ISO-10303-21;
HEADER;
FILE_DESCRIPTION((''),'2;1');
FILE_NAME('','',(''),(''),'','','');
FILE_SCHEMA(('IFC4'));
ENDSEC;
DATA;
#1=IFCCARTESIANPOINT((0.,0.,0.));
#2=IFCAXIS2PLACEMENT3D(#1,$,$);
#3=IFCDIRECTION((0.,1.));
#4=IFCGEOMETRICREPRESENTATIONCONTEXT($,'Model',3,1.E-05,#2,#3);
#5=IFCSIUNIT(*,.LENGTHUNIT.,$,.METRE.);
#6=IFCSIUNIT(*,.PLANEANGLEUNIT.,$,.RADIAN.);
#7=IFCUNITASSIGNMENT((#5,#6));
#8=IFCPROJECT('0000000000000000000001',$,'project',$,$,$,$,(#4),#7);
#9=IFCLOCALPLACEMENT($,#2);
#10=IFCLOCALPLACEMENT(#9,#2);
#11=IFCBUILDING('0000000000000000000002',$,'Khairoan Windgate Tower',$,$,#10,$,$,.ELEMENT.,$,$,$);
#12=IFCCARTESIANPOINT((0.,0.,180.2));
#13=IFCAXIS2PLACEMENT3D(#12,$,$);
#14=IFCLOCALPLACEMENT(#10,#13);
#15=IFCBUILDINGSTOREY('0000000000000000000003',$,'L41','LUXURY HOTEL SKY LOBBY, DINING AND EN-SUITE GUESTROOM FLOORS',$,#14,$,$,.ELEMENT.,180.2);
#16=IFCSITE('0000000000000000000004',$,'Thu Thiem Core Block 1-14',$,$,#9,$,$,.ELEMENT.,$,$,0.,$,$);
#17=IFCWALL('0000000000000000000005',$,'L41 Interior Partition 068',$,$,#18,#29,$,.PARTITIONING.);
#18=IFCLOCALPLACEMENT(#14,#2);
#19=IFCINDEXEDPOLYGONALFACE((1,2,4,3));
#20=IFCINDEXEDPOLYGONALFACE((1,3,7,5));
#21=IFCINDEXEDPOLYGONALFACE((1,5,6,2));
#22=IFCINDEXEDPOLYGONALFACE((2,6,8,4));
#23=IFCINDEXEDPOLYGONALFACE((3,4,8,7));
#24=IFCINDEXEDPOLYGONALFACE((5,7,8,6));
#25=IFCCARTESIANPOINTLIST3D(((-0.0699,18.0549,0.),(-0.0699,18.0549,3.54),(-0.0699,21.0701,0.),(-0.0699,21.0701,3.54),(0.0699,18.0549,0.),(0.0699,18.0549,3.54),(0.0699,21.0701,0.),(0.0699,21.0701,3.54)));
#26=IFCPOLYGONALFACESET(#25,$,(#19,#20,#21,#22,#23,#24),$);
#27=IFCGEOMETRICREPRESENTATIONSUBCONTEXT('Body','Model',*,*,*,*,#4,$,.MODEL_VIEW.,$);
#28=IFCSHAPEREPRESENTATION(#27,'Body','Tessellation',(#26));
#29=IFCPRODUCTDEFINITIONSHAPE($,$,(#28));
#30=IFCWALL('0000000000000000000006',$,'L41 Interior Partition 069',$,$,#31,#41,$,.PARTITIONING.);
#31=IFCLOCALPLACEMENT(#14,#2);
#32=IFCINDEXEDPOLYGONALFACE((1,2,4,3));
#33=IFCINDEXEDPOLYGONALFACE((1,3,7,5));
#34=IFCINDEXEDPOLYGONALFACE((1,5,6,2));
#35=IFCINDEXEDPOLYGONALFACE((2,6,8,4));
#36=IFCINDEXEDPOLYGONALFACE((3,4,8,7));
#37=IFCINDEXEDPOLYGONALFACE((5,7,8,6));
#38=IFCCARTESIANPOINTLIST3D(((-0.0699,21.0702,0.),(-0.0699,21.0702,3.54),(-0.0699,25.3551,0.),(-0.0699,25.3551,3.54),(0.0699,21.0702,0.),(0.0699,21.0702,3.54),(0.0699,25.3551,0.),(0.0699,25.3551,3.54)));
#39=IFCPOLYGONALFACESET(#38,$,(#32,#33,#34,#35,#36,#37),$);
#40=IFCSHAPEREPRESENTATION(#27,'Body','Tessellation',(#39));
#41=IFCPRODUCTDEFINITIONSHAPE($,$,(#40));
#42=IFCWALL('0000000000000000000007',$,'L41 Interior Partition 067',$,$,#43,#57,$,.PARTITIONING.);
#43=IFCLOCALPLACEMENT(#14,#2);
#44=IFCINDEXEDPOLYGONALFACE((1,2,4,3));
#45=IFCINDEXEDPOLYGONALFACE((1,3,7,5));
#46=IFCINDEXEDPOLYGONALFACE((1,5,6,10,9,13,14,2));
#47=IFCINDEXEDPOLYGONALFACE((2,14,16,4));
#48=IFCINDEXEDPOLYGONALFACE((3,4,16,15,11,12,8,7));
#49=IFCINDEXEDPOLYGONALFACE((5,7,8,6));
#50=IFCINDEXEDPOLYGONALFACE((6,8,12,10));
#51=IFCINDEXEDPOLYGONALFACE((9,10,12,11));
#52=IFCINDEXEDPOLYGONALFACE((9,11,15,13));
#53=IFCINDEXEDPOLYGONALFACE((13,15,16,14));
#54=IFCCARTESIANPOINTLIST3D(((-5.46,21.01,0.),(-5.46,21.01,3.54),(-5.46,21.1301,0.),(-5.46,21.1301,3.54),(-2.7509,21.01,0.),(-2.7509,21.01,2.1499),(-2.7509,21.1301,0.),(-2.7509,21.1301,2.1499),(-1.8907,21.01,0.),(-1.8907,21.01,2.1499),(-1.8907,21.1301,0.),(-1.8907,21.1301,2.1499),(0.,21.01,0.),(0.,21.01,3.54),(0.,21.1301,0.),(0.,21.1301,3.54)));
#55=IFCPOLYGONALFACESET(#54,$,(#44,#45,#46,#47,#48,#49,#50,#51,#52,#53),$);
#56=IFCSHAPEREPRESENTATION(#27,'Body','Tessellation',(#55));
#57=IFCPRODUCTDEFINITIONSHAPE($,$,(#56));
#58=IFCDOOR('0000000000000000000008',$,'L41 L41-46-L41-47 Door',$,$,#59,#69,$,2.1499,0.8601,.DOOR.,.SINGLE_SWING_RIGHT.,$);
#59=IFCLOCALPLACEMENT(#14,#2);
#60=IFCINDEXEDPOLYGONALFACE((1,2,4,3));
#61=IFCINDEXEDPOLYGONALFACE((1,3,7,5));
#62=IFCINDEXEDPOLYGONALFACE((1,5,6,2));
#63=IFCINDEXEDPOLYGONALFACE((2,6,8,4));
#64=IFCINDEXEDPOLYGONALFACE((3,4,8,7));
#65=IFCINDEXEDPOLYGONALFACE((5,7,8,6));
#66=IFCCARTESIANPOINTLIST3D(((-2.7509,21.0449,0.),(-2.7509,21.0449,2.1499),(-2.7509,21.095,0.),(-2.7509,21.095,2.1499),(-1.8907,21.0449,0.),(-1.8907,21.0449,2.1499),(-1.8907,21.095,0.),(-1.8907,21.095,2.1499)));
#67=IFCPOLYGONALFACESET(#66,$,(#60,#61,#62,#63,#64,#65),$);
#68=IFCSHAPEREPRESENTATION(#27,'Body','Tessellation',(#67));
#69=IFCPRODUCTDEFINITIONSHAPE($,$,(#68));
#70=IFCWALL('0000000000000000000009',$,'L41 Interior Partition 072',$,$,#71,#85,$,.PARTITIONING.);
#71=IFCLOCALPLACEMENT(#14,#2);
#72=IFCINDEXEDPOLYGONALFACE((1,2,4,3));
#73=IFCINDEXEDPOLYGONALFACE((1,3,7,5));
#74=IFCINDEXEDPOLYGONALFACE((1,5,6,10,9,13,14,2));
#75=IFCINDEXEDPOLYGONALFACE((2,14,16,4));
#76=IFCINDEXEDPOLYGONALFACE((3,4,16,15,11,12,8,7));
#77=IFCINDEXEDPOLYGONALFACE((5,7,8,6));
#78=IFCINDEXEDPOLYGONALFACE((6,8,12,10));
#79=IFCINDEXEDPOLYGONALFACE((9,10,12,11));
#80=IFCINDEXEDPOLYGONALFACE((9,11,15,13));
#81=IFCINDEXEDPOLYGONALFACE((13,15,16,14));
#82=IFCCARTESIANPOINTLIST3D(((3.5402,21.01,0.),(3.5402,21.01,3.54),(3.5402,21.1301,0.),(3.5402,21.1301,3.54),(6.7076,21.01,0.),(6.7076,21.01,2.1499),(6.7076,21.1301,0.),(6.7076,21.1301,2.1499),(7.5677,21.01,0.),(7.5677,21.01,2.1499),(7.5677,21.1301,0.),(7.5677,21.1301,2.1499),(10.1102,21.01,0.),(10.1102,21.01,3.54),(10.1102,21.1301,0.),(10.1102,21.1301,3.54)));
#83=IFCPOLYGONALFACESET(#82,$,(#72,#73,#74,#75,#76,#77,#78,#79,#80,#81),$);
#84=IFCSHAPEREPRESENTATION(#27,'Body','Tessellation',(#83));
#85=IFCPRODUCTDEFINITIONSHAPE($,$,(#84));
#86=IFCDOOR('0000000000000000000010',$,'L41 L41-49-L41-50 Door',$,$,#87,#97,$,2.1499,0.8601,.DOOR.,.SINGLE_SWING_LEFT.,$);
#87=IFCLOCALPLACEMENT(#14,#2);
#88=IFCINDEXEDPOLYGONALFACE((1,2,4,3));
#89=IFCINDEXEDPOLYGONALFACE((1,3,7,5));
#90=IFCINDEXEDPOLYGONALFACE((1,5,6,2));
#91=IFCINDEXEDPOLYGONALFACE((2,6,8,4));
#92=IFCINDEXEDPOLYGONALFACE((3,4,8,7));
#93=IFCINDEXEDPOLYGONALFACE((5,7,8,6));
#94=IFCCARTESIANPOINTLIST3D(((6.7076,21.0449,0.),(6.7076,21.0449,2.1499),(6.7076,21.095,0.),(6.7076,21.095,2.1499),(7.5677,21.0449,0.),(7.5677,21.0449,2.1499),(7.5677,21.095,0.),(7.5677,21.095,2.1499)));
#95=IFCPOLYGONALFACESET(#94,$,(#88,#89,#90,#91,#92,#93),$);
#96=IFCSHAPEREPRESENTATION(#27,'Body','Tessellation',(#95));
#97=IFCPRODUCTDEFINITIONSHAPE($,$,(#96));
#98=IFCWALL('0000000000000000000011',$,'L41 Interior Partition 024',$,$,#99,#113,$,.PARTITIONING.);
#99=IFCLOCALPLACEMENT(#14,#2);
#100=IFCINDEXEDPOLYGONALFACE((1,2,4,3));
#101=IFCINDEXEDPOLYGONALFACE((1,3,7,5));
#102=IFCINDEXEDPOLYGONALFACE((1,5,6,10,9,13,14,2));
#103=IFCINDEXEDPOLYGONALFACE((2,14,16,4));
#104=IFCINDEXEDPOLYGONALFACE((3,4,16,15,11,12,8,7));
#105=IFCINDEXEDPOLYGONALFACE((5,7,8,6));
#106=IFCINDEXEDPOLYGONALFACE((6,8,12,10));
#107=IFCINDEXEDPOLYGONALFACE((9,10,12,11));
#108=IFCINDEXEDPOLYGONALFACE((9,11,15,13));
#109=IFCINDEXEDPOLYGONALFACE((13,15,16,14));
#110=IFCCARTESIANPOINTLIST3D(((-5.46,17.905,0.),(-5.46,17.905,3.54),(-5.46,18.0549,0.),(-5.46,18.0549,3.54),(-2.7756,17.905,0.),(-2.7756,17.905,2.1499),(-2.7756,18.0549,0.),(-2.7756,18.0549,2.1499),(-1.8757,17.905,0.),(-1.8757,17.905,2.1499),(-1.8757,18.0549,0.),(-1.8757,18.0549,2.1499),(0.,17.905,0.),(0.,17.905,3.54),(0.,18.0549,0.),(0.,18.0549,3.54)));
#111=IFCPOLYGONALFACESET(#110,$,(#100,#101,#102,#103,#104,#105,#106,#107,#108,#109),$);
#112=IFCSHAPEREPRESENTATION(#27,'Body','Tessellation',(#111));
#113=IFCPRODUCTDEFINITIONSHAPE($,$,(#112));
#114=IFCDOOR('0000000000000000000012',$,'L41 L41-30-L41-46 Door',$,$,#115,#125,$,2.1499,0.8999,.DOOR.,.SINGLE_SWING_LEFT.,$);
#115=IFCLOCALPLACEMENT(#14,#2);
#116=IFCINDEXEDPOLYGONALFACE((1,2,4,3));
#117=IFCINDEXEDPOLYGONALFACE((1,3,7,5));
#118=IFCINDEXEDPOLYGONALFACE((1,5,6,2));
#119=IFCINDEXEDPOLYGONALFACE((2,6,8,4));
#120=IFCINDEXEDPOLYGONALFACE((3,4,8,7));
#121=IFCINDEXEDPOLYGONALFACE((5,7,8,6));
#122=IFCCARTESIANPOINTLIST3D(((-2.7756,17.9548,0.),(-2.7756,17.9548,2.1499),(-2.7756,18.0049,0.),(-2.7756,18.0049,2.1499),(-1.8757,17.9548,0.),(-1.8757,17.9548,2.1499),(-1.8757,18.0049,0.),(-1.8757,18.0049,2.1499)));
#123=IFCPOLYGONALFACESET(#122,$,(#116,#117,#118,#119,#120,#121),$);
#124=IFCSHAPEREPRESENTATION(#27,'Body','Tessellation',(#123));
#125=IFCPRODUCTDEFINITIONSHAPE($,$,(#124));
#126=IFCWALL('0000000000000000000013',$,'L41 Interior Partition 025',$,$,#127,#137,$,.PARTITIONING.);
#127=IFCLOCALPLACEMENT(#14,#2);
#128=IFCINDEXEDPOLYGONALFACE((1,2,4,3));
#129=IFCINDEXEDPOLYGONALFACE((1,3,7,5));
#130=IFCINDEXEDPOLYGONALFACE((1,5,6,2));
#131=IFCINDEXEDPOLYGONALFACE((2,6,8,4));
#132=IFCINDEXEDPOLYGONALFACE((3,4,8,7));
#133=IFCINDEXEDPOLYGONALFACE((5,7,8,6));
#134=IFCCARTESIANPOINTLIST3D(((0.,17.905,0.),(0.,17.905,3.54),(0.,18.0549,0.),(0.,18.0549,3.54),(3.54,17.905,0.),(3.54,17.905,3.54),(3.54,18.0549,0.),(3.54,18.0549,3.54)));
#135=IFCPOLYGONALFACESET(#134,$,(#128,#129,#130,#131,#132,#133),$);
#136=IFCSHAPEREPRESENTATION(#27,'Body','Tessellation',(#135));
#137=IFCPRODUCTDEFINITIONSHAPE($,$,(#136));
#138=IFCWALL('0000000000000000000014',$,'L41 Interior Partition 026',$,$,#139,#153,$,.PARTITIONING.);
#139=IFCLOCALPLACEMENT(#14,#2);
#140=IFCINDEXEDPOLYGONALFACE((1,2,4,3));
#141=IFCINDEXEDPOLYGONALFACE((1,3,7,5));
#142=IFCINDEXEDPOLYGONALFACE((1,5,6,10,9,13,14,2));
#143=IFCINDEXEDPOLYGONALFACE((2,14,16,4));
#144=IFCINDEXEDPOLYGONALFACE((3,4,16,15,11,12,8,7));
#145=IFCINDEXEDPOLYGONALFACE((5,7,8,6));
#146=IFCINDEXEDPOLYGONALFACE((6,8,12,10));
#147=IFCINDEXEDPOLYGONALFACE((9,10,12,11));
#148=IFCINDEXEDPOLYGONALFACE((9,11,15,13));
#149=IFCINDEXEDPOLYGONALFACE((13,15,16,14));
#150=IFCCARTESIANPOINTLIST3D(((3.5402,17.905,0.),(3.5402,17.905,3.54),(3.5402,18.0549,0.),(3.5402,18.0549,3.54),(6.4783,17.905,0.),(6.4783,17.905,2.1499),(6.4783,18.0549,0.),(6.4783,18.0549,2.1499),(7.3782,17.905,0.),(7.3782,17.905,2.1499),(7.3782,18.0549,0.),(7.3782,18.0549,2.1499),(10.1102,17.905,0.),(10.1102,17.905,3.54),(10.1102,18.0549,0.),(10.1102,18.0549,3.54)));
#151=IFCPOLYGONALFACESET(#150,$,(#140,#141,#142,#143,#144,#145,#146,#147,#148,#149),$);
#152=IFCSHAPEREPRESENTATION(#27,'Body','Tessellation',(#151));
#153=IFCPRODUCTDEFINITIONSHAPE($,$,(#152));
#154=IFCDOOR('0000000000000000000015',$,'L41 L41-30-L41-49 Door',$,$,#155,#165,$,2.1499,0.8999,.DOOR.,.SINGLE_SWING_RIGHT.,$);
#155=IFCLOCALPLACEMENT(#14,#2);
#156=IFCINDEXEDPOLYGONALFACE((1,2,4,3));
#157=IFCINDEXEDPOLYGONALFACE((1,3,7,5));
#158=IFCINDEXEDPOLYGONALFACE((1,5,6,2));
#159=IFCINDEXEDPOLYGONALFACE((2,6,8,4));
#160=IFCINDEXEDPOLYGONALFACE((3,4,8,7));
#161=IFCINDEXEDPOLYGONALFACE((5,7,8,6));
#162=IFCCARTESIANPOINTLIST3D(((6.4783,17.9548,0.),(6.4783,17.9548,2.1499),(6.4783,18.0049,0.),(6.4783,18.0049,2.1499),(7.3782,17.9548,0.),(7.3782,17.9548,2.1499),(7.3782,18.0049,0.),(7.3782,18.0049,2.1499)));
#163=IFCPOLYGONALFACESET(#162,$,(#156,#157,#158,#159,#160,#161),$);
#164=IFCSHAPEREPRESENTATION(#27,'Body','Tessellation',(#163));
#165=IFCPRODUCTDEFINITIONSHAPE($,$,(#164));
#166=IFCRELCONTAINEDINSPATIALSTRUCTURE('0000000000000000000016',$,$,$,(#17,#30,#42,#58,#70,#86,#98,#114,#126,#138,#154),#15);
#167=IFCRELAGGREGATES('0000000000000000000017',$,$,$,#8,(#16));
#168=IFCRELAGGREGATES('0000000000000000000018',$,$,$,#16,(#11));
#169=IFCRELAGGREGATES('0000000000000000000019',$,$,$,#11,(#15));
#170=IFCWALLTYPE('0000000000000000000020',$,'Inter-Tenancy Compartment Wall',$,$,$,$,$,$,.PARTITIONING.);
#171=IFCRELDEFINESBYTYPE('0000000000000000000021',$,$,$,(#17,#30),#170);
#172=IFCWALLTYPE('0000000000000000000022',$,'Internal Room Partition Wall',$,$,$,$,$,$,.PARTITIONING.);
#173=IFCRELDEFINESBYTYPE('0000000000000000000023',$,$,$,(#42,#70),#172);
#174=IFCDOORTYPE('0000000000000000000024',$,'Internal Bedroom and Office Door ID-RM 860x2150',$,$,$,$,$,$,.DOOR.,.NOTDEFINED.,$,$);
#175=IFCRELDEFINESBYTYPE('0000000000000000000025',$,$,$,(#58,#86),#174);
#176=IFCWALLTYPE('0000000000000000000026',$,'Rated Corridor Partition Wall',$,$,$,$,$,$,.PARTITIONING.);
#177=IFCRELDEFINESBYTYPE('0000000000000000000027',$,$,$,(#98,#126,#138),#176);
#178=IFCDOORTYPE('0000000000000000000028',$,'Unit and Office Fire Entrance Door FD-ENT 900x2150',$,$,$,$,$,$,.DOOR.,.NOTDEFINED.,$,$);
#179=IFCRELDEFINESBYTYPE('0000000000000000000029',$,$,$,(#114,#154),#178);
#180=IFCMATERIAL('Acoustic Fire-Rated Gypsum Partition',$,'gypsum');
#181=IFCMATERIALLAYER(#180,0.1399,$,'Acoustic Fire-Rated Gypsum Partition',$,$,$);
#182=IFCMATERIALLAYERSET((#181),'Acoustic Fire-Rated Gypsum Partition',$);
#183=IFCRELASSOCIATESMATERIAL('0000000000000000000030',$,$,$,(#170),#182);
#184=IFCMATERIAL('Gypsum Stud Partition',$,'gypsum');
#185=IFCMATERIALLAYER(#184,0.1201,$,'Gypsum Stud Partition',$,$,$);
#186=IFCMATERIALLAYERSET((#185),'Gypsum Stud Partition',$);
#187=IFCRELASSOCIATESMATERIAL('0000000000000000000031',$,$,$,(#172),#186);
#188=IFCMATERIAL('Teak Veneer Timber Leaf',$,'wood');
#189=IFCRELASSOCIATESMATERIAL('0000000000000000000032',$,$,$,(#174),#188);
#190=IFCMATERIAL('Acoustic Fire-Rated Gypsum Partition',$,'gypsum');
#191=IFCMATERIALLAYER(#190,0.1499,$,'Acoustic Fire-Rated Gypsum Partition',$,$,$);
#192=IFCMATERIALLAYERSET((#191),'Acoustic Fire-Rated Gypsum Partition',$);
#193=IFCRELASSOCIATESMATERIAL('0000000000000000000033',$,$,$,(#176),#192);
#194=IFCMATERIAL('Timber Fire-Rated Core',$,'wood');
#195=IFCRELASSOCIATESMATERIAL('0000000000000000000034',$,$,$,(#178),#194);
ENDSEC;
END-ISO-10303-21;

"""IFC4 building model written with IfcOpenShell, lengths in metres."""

from ifc_helpers import new_model, si_unit, direction, frame, frame_2d, origin, place, context, subcontext, project, spatial, rectangle, extrude, material, layer, layer_set, type_object, element, fill, save


model = new_model("IFC4")

# Units and contexts
model_context = context("Model", 3, precision=1e-05, world=origin(), true_north=direction((0.0, 1.0)))
body_context = subcontext(model_context, "Body", "Model", "MODEL_VIEW")
ifc_project = project(units=[si_unit("LENGTHUNIT", "METRE"), si_unit("PLANEANGLEUNIT", "RADIAN")], contexts=[model_context])

# Site, building, storey
site_placement = place(None, origin())
site = spatial("IfcSite", under=ifc_project, at=site_placement, Name="Thu Thiem Core Block 1-14", CompositionType="ELEMENT", RefElevation=0.0)
building_placement = place(site_placement, origin())
building = spatial("IfcBuilding", under=site, at=building_placement, Name="Khairoan Windgate Tower", CompositionType="ELEMENT")
storey_placement = place(building_placement, frame((0.0, 0.0, 180.2)))
storey = spatial("IfcBuildingStorey", under=building, at=storey_placement, Name="L41", Description="LUXURY HOTEL SKY LOBBY, DINING AND EN-SUITE GUESTROOM FLOORS", CompositionType="ELEMENT", Elevation=180.2)

# Walls
ifc_material_1 = material(Name="Acoustic Fire-Rated Gypsum Partition", Category="gypsum")
ifc_layer_1 = layer(ifc_material_1, 0.1399, Name="Acoustic Fire-Rated Gypsum Partition")
ifc_layer_set_1 = layer_set([ifc_layer_1], Name="Acoustic Fire-Rated Gypsum Partition")
wall_type_1 = type_object("IfcWallType", Name="Inter-Tenancy Compartment Wall", PredefinedType="PARTITIONING", material=ifc_layer_set_1)
wall_1_placement = place(storey_placement, frame((0.0, 18.0549, 0.0), z_axis=(0.0, 0.0, 1.0), x_axis=(0.0, 1.0, 0.0)))
element("IfcWall", 1, at=wall_1_placement, inside=storey, type_object=wall_type_1, Name="L41 Interior Partition 068", PredefinedType="PARTITIONING", context=body_context, shape_type="SweptSolid", body=[
    extrude(rectangle(XDim=3.0151, YDim=0.1399, at=frame_2d((1.5076, 0.0))), origin(), (0.0, 0.0, 1.0), 3.54),
])
wall_2_placement = place(storey_placement, frame((0.0, 21.0701, 0.0), z_axis=(0.0, 0.0, 1.0), x_axis=(0.0, 1.0, 0.0)))
element("IfcWall", 2, at=wall_2_placement, inside=storey, type_object=wall_type_1, Name="L41 Interior Partition 069", PredefinedType="PARTITIONING", context=body_context, shape_type="SweptSolid", body=[
    extrude(rectangle(XDim=4.2849, YDim=0.1399, at=frame_2d((2.1426, 0.0))), origin(), (0.0, 0.0, 1.0), 3.54),
])

# Walls, openings, doors
ifc_material_2 = material(Name="Gypsum Stud Partition", Category="gypsum")
ifc_layer_2 = layer(ifc_material_2, 0.1201, Name="Gypsum Stud Partition")
ifc_layer_set_2 = layer_set([ifc_layer_2], Name="Gypsum Stud Partition")
wall_type_2 = type_object("IfcWallType", Name="Internal Room Partition Wall", PredefinedType="PARTITIONING", material=ifc_layer_set_2)
wall_3_placement = place(storey_placement, frame((-5.46, 21.0701, 0.0), z_axis=(0.0, 0.0, 1.0), x_axis=(1.0, 0.0, 0.0)))
wall_3 = element("IfcWall", 3, at=wall_3_placement, inside=storey, type_object=wall_type_2, Name="L41 Interior Partition 067", PredefinedType="PARTITIONING", context=body_context, shape_type="SweptSolid", body=[
    extrude(rectangle(XDim=5.46, YDim=0.1201, at=frame_2d((2.73, 0.0))), origin(), (0.0, 0.0, 1.0), 3.54),
])
opening_1_placement = place(wall_3_placement, frame((2.709, 0.0, 0.0)))
opening_1 = element("IfcOpeningElement", 4, at=opening_1_placement, cuts=wall_3, PredefinedType="OPENING", context=body_context, shape_type="SweptSolid", body=[
    extrude(rectangle(XDim=0.8601, YDim=2.1499, at=frame_2d((0.4302, 1.075))), frame((0.0, 0.0701, 0.0), z_axis=(0.0, -1.0, 0.0), x_axis=(1.0, 0.0, 0.0)), (0.0, 0.0, 1.0), 0.1401),
])
ifc_material_3 = material(Name="Teak Veneer Timber Leaf", Category="wood")
door_type_1 = type_object("IfcDoorType", Name="Internal Bedroom and Office Door ID-RM 860x2150", OperationType="NOTDEFINED", PredefinedType="DOOR", material=ifc_material_3)
door_1_placement = place(opening_1_placement, origin())
door_1 = element("IfcDoor", 5, at=door_1_placement, inside=storey, type_object=door_type_1, Name="L41 L41-46-L41-47 Door", OperationType="SINGLE_SWING_RIGHT", OverallHeight=2.1499, OverallWidth=0.8601, PredefinedType="DOOR", context=body_context, shape_type="SweptSolid", body=[
    extrude(rectangle(XDim=0.8601, YDim=2.1499, at=frame_2d((0.4302, 1.075))), frame((0.0, 0.0249, 0.0), z_axis=(0.0, -1.0, 0.0), x_axis=(1.0, 0.0, 0.0)), (0.0, 0.0, 1.0), 0.05),
])
fill(opening_1, door_1)
wall_4_placement = place(storey_placement, frame((3.54, 21.0701, 0.0), z_axis=(0.0, 0.0, 1.0), x_axis=(1.0, 0.0, 0.0)))
wall_4 = element("IfcWall", 6, at=wall_4_placement, inside=storey, type_object=wall_type_2, Name="L41 Interior Partition 072", PredefinedType="PARTITIONING", context=body_context, shape_type="SweptSolid", body=[
    extrude(rectangle(XDim=6.5701, YDim=0.1201, at=frame_2d((3.2852, 0.0))), origin(), (0.0, 0.0, 1.0), 3.54),
])
opening_2_placement = place(wall_4_placement, frame((3.1675, 0.0, 0.0)))
opening_2 = element("IfcOpeningElement", 7, at=opening_2_placement, cuts=wall_4, PredefinedType="OPENING", context=body_context, shape_type="SweptSolid", body=[
    extrude(rectangle(XDim=0.8601, YDim=2.1499, at=frame_2d((0.4302, 1.075))), frame((0.0, 0.0701, 0.0), z_axis=(0.0, -1.0, 0.0), x_axis=(1.0, 0.0, 0.0)), (0.0, 0.0, 1.0), 0.1401),
])
door_2_placement = place(opening_2_placement, origin())
door_2 = element("IfcDoor", 8, at=door_2_placement, inside=storey, type_object=door_type_1, Name="L41 L41-49-L41-50 Door", OperationType="SINGLE_SWING_LEFT", OverallHeight=2.1499, OverallWidth=0.8601, PredefinedType="DOOR", context=body_context, shape_type="SweptSolid", body=[
    extrude(rectangle(XDim=0.8601, YDim=2.1499, at=frame_2d((0.4302, 1.075))), frame((0.0, 0.0249, 0.0), z_axis=(0.0, -1.0, 0.0), x_axis=(1.0, 0.0, 0.0)), (0.0, 0.0, 1.0), 0.05),
])
fill(opening_2, door_2)
ifc_material_4 = material(Name="Acoustic Fire-Rated Gypsum Partition", Category="gypsum")
ifc_layer_3 = layer(ifc_material_4, 0.1499, Name="Acoustic Fire-Rated Gypsum Partition")
ifc_layer_set_3 = layer_set([ifc_layer_3], Name="Acoustic Fire-Rated Gypsum Partition")
wall_type_3 = type_object("IfcWallType", Name="Rated Corridor Partition Wall", PredefinedType="PARTITIONING", material=ifc_layer_set_3)
wall_5_placement = place(storey_placement, frame((-5.46, 17.98, 0.0), z_axis=(0.0, 0.0, 1.0), x_axis=(1.0, 0.0, 0.0)))
wall_5 = element("IfcWall", 9, at=wall_5_placement, inside=storey, type_object=wall_type_3, Name="L41 Interior Partition 024", PredefinedType="PARTITIONING", context=body_context, shape_type="SweptSolid", body=[
    extrude(rectangle(XDim=5.46, YDim=0.1499, at=frame_2d((2.73, 0.0))), origin(), (0.0, 0.0, 1.0), 3.54),
])
opening_3_placement = place(wall_5_placement, frame((2.6843, 0.0, 0.0)))
opening_3 = element("IfcOpeningElement", 10, at=opening_3_placement, cuts=wall_5, PredefinedType="OPENING", context=body_context, shape_type="SweptSolid", body=[
    extrude(rectangle(XDim=0.8999, YDim=2.1499, at=frame_2d((0.45, 1.075))), frame((0.0, 0.085, 0.0), z_axis=(0.0, -1.0, 0.0), x_axis=(1.0, 0.0, 0.0)), (0.0, 0.0, 1.0), 0.1699),
])
ifc_material_5 = material(Name="Timber Fire-Rated Core", Category="wood")
door_type_2 = type_object("IfcDoorType", Name="Unit and Office Fire Entrance Door FD-ENT 900x2150", OperationType="NOTDEFINED", PredefinedType="DOOR", material=ifc_material_5)
door_3_placement = place(opening_3_placement, origin())
door_3 = element("IfcDoor", 11, at=door_3_placement, inside=storey, type_object=door_type_2, Name="L41 L41-30-L41-46 Door", OperationType="SINGLE_SWING_LEFT", OverallHeight=2.1499, OverallWidth=0.8999, PredefinedType="DOOR", context=body_context, shape_type="SweptSolid", body=[
    extrude(rectangle(XDim=0.8999, YDim=2.1499, at=frame_2d((0.45, 1.075))), frame((0.0, 0.0249, 0.0), z_axis=(0.0, -1.0, 0.0), x_axis=(1.0, 0.0, 0.0)), (0.0, 0.0, 1.0), 0.05),
])
fill(opening_3, door_3)

# Wall
wall_6_placement = place(storey_placement, frame((0.0, 17.98, 0.0), z_axis=(0.0, 0.0, 1.0), x_axis=(1.0, 0.0, 0.0)))
element("IfcWall", 12, at=wall_6_placement, inside=storey, type_object=wall_type_3, Name="L41 Interior Partition 025", PredefinedType="PARTITIONING", context=body_context, shape_type="SweptSolid", body=[
    extrude(rectangle(XDim=3.54, YDim=0.1499, at=frame_2d((1.77, 0.0))), origin(), (0.0, 0.0, 1.0), 3.54),
])

# Wall, opening, door
wall_7_placement = place(storey_placement, frame((3.54, 17.98, 0.0), z_axis=(0.0, 0.0, 1.0), x_axis=(1.0, 0.0, 0.0)))
wall_7 = element("IfcWall", 13, at=wall_7_placement, inside=storey, type_object=wall_type_3, Name="L41 Interior Partition 026", PredefinedType="PARTITIONING", context=body_context, shape_type="SweptSolid", body=[
    extrude(rectangle(XDim=6.5701, YDim=0.1499, at=frame_2d((3.2852, 0.0))), origin(), (0.0, 0.0, 1.0), 3.54),
])
opening_4_placement = place(wall_7_placement, frame((2.9382, 0.0, 0.0)))
opening_4 = element("IfcOpeningElement", 14, at=opening_4_placement, cuts=wall_7, PredefinedType="OPENING", context=body_context, shape_type="SweptSolid", body=[
    extrude(rectangle(XDim=0.8999, YDim=2.1499, at=frame_2d((0.45, 1.075))), frame((0.0, 0.085, 0.0), z_axis=(0.0, -1.0, 0.0), x_axis=(1.0, 0.0, 0.0)), (0.0, 0.0, 1.0), 0.1699),
])
door_4_placement = place(opening_4_placement, origin())
door_4 = element("IfcDoor", 15, at=door_4_placement, inside=storey, type_object=door_type_2, Name="L41 L41-30-L41-49 Door", OperationType="SINGLE_SWING_RIGHT", OverallHeight=2.1499, OverallWidth=0.8999, PredefinedType="DOOR", context=body_context, shape_type="SweptSolid", body=[
    extrude(rectangle(XDim=0.8999, YDim=2.1499, at=frame_2d((0.45, 1.075))), frame((0.0, 0.0249, 0.0), z_axis=(0.0, -1.0, 0.0), x_axis=(1.0, 0.0, 0.0)), (0.0, 0.0, 1.0), 0.05),
])
fill(opening_4, door_4)

save(model, "model.ifc")
